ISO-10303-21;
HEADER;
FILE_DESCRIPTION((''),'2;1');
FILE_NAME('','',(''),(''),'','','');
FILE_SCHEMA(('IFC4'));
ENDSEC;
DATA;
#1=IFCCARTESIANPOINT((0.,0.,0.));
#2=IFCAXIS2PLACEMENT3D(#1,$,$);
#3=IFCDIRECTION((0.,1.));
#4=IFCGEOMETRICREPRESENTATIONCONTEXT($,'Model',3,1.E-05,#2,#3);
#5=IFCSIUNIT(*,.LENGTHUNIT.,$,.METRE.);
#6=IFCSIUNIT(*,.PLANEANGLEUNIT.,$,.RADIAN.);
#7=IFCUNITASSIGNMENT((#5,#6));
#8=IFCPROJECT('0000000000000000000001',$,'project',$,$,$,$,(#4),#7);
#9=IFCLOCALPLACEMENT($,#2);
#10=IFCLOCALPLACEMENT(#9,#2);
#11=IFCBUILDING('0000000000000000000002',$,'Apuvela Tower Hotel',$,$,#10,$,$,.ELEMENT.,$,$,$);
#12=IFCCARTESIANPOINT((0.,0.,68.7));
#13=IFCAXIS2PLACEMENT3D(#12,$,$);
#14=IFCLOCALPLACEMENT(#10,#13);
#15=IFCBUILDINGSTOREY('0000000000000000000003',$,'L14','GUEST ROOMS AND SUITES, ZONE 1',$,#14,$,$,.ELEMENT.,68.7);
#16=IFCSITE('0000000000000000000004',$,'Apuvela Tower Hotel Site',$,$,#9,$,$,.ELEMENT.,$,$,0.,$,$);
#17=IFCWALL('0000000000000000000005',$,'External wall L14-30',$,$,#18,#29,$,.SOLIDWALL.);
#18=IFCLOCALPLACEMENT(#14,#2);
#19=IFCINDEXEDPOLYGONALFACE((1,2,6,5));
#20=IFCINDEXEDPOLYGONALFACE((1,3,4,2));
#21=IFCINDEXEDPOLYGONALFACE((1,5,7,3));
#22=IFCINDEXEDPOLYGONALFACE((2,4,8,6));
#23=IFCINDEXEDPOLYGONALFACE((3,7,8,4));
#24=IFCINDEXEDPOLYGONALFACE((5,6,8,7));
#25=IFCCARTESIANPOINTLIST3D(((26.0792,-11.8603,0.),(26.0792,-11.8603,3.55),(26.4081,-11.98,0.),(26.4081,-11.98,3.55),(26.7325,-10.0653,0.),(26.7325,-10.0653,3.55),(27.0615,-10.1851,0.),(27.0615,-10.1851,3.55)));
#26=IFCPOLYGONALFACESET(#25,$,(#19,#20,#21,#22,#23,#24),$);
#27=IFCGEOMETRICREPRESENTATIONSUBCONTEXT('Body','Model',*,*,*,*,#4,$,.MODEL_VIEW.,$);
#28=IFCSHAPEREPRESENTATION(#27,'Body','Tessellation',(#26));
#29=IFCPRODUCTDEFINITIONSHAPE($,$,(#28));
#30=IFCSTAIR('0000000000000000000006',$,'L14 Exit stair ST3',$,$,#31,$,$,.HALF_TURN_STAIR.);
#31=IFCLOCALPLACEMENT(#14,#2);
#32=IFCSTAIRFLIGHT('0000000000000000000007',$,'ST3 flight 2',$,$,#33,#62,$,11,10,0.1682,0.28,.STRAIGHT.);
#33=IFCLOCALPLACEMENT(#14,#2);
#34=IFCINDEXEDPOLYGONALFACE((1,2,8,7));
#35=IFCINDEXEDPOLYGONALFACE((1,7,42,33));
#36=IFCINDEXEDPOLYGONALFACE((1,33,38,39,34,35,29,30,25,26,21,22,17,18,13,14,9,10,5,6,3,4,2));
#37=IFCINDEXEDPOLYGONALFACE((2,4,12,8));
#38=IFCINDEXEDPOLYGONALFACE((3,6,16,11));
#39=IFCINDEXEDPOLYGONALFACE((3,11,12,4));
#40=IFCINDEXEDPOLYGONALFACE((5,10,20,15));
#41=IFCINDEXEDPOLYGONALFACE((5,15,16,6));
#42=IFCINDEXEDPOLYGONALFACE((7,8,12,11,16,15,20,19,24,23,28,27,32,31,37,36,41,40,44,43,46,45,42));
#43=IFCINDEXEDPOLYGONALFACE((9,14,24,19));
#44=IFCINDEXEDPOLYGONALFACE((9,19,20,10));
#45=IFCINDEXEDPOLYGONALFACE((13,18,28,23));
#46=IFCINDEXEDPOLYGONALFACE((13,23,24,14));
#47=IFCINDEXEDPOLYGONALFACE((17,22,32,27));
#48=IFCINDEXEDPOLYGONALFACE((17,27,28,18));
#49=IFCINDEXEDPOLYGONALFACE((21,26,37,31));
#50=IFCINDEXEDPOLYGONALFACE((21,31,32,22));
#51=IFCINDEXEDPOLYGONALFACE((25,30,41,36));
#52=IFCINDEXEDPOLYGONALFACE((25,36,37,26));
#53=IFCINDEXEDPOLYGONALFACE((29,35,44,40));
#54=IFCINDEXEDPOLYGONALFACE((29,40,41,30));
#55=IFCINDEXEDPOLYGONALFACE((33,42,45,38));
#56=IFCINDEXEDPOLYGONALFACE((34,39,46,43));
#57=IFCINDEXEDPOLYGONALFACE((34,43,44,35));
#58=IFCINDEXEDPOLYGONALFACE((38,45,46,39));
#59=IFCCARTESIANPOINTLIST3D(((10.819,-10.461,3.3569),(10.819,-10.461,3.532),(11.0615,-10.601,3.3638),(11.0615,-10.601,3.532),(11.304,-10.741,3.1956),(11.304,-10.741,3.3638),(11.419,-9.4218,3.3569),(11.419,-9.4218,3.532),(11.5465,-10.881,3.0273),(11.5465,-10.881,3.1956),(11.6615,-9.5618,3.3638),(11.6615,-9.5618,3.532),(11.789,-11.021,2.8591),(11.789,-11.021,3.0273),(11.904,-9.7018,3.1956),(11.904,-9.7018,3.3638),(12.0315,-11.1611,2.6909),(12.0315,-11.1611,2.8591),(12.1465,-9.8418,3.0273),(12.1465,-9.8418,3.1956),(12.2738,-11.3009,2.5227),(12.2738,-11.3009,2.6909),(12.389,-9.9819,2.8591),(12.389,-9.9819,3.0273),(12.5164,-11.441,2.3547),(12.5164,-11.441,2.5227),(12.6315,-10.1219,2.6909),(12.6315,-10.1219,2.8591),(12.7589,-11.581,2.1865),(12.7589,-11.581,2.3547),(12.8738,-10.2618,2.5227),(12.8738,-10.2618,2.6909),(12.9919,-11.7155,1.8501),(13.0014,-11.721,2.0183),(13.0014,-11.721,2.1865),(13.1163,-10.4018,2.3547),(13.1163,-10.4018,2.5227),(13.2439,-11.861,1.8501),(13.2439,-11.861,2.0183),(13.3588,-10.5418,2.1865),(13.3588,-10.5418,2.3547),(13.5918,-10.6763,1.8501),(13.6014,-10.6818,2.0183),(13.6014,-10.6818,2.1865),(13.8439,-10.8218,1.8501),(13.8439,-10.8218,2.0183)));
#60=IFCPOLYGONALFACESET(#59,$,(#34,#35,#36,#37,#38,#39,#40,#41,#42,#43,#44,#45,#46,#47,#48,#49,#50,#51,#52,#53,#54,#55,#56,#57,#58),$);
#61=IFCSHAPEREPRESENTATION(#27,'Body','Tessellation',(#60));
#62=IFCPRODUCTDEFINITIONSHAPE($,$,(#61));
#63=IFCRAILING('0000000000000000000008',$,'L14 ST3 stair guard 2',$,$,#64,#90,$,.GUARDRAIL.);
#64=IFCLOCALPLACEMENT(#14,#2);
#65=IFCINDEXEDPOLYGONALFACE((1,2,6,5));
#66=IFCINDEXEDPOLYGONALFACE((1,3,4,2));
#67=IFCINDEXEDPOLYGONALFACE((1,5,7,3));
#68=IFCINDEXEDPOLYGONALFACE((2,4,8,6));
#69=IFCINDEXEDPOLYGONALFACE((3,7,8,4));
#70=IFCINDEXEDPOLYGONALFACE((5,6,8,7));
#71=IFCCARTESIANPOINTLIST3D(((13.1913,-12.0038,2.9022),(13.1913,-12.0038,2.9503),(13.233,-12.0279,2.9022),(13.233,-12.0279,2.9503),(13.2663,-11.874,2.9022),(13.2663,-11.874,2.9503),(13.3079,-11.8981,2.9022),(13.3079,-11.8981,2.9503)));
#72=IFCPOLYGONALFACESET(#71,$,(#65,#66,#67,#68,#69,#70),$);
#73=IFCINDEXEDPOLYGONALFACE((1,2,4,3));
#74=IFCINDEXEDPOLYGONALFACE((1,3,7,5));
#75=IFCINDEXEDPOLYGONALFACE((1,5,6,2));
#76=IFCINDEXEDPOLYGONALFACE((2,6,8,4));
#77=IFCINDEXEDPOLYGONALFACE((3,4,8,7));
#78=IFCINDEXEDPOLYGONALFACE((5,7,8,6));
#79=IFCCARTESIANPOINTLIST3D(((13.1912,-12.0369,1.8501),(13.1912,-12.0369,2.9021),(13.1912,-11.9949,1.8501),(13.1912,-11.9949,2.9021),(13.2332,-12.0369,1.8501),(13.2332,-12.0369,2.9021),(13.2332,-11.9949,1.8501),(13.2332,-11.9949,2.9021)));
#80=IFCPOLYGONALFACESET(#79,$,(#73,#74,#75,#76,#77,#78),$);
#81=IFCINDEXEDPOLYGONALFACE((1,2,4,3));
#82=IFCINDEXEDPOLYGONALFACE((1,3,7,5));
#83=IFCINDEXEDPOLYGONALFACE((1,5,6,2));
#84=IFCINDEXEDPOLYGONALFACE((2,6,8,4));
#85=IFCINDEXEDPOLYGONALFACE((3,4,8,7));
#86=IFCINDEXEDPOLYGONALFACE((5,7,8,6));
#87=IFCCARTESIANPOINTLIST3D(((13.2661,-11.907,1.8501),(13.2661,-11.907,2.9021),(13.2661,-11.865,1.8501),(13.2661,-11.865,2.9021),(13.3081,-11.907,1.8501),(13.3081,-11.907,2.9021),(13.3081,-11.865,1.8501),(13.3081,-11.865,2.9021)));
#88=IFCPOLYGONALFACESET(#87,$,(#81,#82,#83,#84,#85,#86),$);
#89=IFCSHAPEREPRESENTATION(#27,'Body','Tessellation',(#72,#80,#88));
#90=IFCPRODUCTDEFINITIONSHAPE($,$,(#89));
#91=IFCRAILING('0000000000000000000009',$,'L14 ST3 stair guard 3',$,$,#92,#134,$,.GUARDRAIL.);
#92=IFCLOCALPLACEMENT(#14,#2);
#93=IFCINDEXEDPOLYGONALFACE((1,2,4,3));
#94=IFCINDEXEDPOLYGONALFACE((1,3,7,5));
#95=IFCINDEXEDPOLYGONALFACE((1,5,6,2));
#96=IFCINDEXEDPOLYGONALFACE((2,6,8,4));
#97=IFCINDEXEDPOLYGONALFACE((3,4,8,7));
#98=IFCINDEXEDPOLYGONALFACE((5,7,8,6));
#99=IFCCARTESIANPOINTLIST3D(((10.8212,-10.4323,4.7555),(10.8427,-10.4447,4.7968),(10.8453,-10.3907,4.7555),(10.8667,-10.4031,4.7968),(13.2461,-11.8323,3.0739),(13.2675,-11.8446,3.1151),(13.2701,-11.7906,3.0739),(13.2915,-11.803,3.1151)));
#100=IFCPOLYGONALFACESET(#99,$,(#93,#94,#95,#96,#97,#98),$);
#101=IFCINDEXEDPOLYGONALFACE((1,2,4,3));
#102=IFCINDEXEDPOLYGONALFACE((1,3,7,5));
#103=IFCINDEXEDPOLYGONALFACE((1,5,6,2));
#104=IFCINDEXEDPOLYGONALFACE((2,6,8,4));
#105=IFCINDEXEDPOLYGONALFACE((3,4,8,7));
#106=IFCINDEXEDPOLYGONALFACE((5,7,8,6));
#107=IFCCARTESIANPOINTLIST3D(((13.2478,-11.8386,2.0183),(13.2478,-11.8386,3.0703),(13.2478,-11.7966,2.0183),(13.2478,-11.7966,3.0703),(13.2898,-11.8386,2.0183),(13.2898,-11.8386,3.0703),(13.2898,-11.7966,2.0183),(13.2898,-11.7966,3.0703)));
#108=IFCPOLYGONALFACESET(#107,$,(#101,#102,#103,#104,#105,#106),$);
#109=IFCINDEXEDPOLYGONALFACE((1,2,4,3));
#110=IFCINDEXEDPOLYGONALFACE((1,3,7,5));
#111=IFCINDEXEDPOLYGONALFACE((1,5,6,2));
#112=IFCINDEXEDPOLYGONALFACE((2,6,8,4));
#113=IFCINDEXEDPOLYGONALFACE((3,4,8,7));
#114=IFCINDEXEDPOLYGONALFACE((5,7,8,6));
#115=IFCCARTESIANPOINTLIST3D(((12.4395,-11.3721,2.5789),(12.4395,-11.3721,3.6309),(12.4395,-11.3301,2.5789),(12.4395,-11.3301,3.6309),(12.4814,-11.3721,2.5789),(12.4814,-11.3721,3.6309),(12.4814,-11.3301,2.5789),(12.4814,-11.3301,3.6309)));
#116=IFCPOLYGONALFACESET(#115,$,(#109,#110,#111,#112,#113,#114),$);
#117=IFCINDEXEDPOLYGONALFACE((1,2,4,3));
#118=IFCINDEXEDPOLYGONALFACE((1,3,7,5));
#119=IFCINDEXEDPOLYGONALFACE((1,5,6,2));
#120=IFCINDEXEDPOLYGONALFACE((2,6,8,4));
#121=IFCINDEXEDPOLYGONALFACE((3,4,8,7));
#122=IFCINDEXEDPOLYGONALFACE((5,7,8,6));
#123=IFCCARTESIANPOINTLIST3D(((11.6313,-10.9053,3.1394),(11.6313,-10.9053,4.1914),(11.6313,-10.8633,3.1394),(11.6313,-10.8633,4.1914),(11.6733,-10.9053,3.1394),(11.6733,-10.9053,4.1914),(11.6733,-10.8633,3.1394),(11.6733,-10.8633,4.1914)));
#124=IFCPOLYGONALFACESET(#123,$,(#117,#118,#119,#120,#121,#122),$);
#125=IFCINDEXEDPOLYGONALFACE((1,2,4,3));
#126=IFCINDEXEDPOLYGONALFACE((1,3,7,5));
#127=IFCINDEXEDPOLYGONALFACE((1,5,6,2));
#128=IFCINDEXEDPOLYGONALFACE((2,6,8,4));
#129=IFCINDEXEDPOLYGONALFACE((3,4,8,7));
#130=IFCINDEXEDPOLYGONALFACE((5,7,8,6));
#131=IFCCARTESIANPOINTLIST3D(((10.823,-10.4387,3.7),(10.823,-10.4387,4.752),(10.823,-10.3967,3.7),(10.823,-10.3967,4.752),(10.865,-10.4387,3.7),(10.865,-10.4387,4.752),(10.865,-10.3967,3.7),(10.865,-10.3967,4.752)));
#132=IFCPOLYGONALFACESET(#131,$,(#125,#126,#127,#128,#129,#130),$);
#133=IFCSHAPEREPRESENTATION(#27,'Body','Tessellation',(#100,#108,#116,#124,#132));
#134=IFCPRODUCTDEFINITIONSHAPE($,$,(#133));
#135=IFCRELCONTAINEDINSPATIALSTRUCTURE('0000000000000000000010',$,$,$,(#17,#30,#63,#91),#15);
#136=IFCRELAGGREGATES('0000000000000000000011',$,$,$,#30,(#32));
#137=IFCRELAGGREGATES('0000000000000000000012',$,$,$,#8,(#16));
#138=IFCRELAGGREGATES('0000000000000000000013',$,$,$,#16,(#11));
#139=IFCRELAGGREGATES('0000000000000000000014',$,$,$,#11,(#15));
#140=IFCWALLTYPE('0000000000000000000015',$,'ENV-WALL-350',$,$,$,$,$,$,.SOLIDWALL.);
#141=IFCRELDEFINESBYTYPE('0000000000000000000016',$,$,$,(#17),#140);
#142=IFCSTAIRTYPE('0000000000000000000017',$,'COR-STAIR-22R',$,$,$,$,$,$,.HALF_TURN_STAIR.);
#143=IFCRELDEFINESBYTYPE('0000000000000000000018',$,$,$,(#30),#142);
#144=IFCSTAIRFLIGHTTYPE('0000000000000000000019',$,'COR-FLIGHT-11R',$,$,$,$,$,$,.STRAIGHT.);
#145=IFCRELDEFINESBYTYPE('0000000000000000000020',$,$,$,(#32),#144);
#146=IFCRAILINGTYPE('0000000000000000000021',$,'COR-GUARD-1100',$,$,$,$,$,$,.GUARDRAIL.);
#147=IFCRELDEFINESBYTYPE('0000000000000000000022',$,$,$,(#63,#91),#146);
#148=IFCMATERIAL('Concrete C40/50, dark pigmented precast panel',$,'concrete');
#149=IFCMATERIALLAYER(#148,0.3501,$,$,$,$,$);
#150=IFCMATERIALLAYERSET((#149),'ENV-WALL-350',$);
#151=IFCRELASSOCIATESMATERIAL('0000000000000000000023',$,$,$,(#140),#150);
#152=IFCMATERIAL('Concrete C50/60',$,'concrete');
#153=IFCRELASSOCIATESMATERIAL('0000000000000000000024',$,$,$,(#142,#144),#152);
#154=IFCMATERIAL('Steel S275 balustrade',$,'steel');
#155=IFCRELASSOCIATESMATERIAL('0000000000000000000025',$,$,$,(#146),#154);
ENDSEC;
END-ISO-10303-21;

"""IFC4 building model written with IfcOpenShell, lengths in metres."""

from ifc_helpers import new_model, si_unit, direction, frame, frame_2d, origin, origin_2d, place, context, subcontext, project, spatial, polyline, rectangle, outline, extrude, material, layer, layer_set, type_object, element, aggregate, save


model = new_model("IFC4")

# Units and contexts
model_context = context("Model", 3, precision=1e-05, world=origin(), true_north=direction((0.0, 1.0)))
body_context = subcontext(model_context, "Body", "Model", "MODEL_VIEW")
ifc_project = project(units=[si_unit("LENGTHUNIT", "METRE"), si_unit("PLANEANGLEUNIT", "RADIAN")], contexts=[model_context])

# Site, building, storey
site_placement = place(None, origin())
site = spatial("IfcSite", under=ifc_project, at=site_placement, Name="Apuvela Tower Hotel Site", CompositionType="ELEMENT", RefElevation=0.0)
building_placement = place(site_placement, origin())
building = spatial("IfcBuilding", under=site, at=building_placement, Name="Apuvela Tower Hotel", CompositionType="ELEMENT")
storey_placement = place(building_placement, frame((0.0, 0.0, 68.7)))
storey = spatial("IfcBuildingStorey", under=building, at=storey_placement, Name="L14", Description="GUEST ROOMS AND SUITES, ZONE 1", CompositionType="ELEMENT", Elevation=68.7)

# Shared definitions
ifc_material_1 = material(Name="Concrete C50/60", Category="concrete")

# Shared definitions
ifc_material_2 = material(Name="Concrete C40/50, dark pigmented precast panel", Category="concrete")
ifc_layer_1 = layer(ifc_material_2, 0.3501)
ifc_layer_set_1 = layer_set([ifc_layer_1], Name="ENV-WALL-350")
wall_type_1 = type_object("IfcWallType", Name="ENV-WALL-350", PredefinedType="SOLIDWALL", material=ifc_layer_set_1)

# Wall
wall_1_placement = place(storey_placement, frame((26.2437, -11.9202, 0.0), z_axis=(0.0, 0.0, 1.0), x_axis=(0.34203, 0.939689, 0.0)))
element("IfcWall", 1, at=wall_1_placement, inside=storey, type_object=wall_type_1, Name="External wall L14-30", PredefinedType="SOLIDWALL", context=body_context, shape_type="SweptSolid", body=[
    extrude(rectangle(XDim=1.9102, YDim=0.3501, at=frame_2d((0.9551, 0.0))), origin(), (0.0, 0.0, 1.0), 3.55),
])

# Stair, stair flight
stair_type = type_object("IfcStairType", Name="COR-STAIR-22R", PredefinedType="HALF_TURN_STAIR", material=ifc_material_1)
stair_placement = place(storey_placement, origin())
stair = element("IfcStair", 2, at=stair_placement, inside=storey, type_object=stair_type, Name="L14 Exit stair ST3", PredefinedType="HALF_TURN_STAIR")
stair_flight_type = type_object("IfcStairFlightType", Name="COR-FLIGHT-11R", PredefinedType="STRAIGHT", material=ifc_material_1)
stair_flight_placement = place(storey_placement, frame((13.5439, -11.3413, 1.8501), z_axis=(0.0, 0.0, 1.0), x_axis=(-0.866025, 0.5, 0.0)))
stair_flight = element("IfcStairFlight", 3, at=stair_flight_placement, type_object=stair_flight_type, Name="ST3 flight 2", NumberOfRisers=11, NumberOfTreads=10, PredefinedType="STRAIGHT", RiserHeight=0.1682, TreadLength=0.28, context=body_context, shape_type="SweptSolid", body=[
    extrude(outline(polyline([(0.0, 0.0), (0.0, 0.1682), (0.28, 0.1682), (0.28, 0.3364), (0.5601, 0.3364), (0.5601, 0.5046), (0.8401, 0.5046), (0.8401, 0.6726), (1.1201, 0.6726), (1.1201, 0.8408), (1.3999, 0.8408), (1.3999, 1.009), (1.6799, 1.009), (1.6799, 1.1772), (1.96, 1.1772), (1.96, 1.3455), (2.24, 1.3455), (2.24, 1.5137), (2.52, 1.5137), (2.52, 1.6819), (2.8, 1.6819), (2.8, 1.8501), (2.8, 1.5068), (0.291, 0.0), (0.0, 0.0)])), frame((0.0, 0.6001, 0.0), z_axis=(0.0, -1.0, 0.0), x_axis=(1.0, 0.0, 0.0)), (0.0, 0.0, 1.0), 1.2),
])
aggregate(stair, [stair_flight])

# Railings
ifc_material_3 = material(Name="Steel S275 balustrade", Category="steel")
railing_type = type_object("IfcRailingType", Name="COR-GUARD-1100", PredefinedType="GUARDRAIL", material=ifc_material_3)
railing_1_placement = place(storey_placement, frame((13.2122, -12.0159, 1.8501)))
element("IfcRailing", 4, at=railing_1_placement, inside=storey, type_object=railing_type, Name="L14 ST3 stair guard 2", PredefinedType="GUARDRAIL", context=body_context, shape_type="SweptSolid", body=[
    extrude(rectangle(XDim=0.0481, YDim=0.0481, at=origin_2d()), frame((0.0, 0.0, 1.0762), z_axis=(0.499816, 0.866131, 0.0), x_axis=(-0.866131, 0.499816, 0.0)), (0.0, 0.0, 1.0), 0.1499),
    extrude(rectangle(XDim=0.042, YDim=0.042, at=origin_2d()), origin(), (0.0, 0.0, 1.0), 1.052),
    extrude(rectangle(XDim=0.042, YDim=0.042, at=origin_2d()), frame((0.075, 0.1299, 0.0)), (0.0, 0.0, 1.0), 1.052),
])
railing_2_placement = place(storey_placement, frame((13.2688, -11.8176, 2.0183)))
element("IfcRailing", 5, at=railing_2_placement, inside=storey, type_object=railing_type, Name="L14 ST3 stair guard 3", PredefinedType="GUARDRAIL", context=body_context, shape_type="SweptSolid", body=[
    extrude(rectangle(XDim=0.0481, YDim=0.0481, at=origin_2d()), frame((0.0, 0.0, 1.0762), z_axis=(-0.742419, 0.428618, 0.514879), x_axis=(-0.499984, -0.866035, 0.0)), (0.0, 0.0, 1.0), 3.2661),
    extrude(rectangle(XDim=0.042, YDim=0.042, at=origin_2d()), origin(), (0.0, 0.0, 1.0), 1.052),
    extrude(rectangle(XDim=0.042, YDim=0.042, at=origin_2d()), frame((-0.8083, 0.4666, 0.5605)), (0.0, 0.0, 1.0), 1.052),
    extrude(rectangle(XDim=0.042, YDim=0.042, at=origin_2d()), frame((-1.6165, 0.9333, 1.1211)), (0.0, 0.0, 1.0), 1.052),
    extrude(rectangle(XDim=0.042, YDim=0.042, at=origin_2d()), frame((-2.4248, 1.3999, 1.6816)), (0.0, 0.0, 1.0), 1.052),
])

save(model, "model.ifc")
